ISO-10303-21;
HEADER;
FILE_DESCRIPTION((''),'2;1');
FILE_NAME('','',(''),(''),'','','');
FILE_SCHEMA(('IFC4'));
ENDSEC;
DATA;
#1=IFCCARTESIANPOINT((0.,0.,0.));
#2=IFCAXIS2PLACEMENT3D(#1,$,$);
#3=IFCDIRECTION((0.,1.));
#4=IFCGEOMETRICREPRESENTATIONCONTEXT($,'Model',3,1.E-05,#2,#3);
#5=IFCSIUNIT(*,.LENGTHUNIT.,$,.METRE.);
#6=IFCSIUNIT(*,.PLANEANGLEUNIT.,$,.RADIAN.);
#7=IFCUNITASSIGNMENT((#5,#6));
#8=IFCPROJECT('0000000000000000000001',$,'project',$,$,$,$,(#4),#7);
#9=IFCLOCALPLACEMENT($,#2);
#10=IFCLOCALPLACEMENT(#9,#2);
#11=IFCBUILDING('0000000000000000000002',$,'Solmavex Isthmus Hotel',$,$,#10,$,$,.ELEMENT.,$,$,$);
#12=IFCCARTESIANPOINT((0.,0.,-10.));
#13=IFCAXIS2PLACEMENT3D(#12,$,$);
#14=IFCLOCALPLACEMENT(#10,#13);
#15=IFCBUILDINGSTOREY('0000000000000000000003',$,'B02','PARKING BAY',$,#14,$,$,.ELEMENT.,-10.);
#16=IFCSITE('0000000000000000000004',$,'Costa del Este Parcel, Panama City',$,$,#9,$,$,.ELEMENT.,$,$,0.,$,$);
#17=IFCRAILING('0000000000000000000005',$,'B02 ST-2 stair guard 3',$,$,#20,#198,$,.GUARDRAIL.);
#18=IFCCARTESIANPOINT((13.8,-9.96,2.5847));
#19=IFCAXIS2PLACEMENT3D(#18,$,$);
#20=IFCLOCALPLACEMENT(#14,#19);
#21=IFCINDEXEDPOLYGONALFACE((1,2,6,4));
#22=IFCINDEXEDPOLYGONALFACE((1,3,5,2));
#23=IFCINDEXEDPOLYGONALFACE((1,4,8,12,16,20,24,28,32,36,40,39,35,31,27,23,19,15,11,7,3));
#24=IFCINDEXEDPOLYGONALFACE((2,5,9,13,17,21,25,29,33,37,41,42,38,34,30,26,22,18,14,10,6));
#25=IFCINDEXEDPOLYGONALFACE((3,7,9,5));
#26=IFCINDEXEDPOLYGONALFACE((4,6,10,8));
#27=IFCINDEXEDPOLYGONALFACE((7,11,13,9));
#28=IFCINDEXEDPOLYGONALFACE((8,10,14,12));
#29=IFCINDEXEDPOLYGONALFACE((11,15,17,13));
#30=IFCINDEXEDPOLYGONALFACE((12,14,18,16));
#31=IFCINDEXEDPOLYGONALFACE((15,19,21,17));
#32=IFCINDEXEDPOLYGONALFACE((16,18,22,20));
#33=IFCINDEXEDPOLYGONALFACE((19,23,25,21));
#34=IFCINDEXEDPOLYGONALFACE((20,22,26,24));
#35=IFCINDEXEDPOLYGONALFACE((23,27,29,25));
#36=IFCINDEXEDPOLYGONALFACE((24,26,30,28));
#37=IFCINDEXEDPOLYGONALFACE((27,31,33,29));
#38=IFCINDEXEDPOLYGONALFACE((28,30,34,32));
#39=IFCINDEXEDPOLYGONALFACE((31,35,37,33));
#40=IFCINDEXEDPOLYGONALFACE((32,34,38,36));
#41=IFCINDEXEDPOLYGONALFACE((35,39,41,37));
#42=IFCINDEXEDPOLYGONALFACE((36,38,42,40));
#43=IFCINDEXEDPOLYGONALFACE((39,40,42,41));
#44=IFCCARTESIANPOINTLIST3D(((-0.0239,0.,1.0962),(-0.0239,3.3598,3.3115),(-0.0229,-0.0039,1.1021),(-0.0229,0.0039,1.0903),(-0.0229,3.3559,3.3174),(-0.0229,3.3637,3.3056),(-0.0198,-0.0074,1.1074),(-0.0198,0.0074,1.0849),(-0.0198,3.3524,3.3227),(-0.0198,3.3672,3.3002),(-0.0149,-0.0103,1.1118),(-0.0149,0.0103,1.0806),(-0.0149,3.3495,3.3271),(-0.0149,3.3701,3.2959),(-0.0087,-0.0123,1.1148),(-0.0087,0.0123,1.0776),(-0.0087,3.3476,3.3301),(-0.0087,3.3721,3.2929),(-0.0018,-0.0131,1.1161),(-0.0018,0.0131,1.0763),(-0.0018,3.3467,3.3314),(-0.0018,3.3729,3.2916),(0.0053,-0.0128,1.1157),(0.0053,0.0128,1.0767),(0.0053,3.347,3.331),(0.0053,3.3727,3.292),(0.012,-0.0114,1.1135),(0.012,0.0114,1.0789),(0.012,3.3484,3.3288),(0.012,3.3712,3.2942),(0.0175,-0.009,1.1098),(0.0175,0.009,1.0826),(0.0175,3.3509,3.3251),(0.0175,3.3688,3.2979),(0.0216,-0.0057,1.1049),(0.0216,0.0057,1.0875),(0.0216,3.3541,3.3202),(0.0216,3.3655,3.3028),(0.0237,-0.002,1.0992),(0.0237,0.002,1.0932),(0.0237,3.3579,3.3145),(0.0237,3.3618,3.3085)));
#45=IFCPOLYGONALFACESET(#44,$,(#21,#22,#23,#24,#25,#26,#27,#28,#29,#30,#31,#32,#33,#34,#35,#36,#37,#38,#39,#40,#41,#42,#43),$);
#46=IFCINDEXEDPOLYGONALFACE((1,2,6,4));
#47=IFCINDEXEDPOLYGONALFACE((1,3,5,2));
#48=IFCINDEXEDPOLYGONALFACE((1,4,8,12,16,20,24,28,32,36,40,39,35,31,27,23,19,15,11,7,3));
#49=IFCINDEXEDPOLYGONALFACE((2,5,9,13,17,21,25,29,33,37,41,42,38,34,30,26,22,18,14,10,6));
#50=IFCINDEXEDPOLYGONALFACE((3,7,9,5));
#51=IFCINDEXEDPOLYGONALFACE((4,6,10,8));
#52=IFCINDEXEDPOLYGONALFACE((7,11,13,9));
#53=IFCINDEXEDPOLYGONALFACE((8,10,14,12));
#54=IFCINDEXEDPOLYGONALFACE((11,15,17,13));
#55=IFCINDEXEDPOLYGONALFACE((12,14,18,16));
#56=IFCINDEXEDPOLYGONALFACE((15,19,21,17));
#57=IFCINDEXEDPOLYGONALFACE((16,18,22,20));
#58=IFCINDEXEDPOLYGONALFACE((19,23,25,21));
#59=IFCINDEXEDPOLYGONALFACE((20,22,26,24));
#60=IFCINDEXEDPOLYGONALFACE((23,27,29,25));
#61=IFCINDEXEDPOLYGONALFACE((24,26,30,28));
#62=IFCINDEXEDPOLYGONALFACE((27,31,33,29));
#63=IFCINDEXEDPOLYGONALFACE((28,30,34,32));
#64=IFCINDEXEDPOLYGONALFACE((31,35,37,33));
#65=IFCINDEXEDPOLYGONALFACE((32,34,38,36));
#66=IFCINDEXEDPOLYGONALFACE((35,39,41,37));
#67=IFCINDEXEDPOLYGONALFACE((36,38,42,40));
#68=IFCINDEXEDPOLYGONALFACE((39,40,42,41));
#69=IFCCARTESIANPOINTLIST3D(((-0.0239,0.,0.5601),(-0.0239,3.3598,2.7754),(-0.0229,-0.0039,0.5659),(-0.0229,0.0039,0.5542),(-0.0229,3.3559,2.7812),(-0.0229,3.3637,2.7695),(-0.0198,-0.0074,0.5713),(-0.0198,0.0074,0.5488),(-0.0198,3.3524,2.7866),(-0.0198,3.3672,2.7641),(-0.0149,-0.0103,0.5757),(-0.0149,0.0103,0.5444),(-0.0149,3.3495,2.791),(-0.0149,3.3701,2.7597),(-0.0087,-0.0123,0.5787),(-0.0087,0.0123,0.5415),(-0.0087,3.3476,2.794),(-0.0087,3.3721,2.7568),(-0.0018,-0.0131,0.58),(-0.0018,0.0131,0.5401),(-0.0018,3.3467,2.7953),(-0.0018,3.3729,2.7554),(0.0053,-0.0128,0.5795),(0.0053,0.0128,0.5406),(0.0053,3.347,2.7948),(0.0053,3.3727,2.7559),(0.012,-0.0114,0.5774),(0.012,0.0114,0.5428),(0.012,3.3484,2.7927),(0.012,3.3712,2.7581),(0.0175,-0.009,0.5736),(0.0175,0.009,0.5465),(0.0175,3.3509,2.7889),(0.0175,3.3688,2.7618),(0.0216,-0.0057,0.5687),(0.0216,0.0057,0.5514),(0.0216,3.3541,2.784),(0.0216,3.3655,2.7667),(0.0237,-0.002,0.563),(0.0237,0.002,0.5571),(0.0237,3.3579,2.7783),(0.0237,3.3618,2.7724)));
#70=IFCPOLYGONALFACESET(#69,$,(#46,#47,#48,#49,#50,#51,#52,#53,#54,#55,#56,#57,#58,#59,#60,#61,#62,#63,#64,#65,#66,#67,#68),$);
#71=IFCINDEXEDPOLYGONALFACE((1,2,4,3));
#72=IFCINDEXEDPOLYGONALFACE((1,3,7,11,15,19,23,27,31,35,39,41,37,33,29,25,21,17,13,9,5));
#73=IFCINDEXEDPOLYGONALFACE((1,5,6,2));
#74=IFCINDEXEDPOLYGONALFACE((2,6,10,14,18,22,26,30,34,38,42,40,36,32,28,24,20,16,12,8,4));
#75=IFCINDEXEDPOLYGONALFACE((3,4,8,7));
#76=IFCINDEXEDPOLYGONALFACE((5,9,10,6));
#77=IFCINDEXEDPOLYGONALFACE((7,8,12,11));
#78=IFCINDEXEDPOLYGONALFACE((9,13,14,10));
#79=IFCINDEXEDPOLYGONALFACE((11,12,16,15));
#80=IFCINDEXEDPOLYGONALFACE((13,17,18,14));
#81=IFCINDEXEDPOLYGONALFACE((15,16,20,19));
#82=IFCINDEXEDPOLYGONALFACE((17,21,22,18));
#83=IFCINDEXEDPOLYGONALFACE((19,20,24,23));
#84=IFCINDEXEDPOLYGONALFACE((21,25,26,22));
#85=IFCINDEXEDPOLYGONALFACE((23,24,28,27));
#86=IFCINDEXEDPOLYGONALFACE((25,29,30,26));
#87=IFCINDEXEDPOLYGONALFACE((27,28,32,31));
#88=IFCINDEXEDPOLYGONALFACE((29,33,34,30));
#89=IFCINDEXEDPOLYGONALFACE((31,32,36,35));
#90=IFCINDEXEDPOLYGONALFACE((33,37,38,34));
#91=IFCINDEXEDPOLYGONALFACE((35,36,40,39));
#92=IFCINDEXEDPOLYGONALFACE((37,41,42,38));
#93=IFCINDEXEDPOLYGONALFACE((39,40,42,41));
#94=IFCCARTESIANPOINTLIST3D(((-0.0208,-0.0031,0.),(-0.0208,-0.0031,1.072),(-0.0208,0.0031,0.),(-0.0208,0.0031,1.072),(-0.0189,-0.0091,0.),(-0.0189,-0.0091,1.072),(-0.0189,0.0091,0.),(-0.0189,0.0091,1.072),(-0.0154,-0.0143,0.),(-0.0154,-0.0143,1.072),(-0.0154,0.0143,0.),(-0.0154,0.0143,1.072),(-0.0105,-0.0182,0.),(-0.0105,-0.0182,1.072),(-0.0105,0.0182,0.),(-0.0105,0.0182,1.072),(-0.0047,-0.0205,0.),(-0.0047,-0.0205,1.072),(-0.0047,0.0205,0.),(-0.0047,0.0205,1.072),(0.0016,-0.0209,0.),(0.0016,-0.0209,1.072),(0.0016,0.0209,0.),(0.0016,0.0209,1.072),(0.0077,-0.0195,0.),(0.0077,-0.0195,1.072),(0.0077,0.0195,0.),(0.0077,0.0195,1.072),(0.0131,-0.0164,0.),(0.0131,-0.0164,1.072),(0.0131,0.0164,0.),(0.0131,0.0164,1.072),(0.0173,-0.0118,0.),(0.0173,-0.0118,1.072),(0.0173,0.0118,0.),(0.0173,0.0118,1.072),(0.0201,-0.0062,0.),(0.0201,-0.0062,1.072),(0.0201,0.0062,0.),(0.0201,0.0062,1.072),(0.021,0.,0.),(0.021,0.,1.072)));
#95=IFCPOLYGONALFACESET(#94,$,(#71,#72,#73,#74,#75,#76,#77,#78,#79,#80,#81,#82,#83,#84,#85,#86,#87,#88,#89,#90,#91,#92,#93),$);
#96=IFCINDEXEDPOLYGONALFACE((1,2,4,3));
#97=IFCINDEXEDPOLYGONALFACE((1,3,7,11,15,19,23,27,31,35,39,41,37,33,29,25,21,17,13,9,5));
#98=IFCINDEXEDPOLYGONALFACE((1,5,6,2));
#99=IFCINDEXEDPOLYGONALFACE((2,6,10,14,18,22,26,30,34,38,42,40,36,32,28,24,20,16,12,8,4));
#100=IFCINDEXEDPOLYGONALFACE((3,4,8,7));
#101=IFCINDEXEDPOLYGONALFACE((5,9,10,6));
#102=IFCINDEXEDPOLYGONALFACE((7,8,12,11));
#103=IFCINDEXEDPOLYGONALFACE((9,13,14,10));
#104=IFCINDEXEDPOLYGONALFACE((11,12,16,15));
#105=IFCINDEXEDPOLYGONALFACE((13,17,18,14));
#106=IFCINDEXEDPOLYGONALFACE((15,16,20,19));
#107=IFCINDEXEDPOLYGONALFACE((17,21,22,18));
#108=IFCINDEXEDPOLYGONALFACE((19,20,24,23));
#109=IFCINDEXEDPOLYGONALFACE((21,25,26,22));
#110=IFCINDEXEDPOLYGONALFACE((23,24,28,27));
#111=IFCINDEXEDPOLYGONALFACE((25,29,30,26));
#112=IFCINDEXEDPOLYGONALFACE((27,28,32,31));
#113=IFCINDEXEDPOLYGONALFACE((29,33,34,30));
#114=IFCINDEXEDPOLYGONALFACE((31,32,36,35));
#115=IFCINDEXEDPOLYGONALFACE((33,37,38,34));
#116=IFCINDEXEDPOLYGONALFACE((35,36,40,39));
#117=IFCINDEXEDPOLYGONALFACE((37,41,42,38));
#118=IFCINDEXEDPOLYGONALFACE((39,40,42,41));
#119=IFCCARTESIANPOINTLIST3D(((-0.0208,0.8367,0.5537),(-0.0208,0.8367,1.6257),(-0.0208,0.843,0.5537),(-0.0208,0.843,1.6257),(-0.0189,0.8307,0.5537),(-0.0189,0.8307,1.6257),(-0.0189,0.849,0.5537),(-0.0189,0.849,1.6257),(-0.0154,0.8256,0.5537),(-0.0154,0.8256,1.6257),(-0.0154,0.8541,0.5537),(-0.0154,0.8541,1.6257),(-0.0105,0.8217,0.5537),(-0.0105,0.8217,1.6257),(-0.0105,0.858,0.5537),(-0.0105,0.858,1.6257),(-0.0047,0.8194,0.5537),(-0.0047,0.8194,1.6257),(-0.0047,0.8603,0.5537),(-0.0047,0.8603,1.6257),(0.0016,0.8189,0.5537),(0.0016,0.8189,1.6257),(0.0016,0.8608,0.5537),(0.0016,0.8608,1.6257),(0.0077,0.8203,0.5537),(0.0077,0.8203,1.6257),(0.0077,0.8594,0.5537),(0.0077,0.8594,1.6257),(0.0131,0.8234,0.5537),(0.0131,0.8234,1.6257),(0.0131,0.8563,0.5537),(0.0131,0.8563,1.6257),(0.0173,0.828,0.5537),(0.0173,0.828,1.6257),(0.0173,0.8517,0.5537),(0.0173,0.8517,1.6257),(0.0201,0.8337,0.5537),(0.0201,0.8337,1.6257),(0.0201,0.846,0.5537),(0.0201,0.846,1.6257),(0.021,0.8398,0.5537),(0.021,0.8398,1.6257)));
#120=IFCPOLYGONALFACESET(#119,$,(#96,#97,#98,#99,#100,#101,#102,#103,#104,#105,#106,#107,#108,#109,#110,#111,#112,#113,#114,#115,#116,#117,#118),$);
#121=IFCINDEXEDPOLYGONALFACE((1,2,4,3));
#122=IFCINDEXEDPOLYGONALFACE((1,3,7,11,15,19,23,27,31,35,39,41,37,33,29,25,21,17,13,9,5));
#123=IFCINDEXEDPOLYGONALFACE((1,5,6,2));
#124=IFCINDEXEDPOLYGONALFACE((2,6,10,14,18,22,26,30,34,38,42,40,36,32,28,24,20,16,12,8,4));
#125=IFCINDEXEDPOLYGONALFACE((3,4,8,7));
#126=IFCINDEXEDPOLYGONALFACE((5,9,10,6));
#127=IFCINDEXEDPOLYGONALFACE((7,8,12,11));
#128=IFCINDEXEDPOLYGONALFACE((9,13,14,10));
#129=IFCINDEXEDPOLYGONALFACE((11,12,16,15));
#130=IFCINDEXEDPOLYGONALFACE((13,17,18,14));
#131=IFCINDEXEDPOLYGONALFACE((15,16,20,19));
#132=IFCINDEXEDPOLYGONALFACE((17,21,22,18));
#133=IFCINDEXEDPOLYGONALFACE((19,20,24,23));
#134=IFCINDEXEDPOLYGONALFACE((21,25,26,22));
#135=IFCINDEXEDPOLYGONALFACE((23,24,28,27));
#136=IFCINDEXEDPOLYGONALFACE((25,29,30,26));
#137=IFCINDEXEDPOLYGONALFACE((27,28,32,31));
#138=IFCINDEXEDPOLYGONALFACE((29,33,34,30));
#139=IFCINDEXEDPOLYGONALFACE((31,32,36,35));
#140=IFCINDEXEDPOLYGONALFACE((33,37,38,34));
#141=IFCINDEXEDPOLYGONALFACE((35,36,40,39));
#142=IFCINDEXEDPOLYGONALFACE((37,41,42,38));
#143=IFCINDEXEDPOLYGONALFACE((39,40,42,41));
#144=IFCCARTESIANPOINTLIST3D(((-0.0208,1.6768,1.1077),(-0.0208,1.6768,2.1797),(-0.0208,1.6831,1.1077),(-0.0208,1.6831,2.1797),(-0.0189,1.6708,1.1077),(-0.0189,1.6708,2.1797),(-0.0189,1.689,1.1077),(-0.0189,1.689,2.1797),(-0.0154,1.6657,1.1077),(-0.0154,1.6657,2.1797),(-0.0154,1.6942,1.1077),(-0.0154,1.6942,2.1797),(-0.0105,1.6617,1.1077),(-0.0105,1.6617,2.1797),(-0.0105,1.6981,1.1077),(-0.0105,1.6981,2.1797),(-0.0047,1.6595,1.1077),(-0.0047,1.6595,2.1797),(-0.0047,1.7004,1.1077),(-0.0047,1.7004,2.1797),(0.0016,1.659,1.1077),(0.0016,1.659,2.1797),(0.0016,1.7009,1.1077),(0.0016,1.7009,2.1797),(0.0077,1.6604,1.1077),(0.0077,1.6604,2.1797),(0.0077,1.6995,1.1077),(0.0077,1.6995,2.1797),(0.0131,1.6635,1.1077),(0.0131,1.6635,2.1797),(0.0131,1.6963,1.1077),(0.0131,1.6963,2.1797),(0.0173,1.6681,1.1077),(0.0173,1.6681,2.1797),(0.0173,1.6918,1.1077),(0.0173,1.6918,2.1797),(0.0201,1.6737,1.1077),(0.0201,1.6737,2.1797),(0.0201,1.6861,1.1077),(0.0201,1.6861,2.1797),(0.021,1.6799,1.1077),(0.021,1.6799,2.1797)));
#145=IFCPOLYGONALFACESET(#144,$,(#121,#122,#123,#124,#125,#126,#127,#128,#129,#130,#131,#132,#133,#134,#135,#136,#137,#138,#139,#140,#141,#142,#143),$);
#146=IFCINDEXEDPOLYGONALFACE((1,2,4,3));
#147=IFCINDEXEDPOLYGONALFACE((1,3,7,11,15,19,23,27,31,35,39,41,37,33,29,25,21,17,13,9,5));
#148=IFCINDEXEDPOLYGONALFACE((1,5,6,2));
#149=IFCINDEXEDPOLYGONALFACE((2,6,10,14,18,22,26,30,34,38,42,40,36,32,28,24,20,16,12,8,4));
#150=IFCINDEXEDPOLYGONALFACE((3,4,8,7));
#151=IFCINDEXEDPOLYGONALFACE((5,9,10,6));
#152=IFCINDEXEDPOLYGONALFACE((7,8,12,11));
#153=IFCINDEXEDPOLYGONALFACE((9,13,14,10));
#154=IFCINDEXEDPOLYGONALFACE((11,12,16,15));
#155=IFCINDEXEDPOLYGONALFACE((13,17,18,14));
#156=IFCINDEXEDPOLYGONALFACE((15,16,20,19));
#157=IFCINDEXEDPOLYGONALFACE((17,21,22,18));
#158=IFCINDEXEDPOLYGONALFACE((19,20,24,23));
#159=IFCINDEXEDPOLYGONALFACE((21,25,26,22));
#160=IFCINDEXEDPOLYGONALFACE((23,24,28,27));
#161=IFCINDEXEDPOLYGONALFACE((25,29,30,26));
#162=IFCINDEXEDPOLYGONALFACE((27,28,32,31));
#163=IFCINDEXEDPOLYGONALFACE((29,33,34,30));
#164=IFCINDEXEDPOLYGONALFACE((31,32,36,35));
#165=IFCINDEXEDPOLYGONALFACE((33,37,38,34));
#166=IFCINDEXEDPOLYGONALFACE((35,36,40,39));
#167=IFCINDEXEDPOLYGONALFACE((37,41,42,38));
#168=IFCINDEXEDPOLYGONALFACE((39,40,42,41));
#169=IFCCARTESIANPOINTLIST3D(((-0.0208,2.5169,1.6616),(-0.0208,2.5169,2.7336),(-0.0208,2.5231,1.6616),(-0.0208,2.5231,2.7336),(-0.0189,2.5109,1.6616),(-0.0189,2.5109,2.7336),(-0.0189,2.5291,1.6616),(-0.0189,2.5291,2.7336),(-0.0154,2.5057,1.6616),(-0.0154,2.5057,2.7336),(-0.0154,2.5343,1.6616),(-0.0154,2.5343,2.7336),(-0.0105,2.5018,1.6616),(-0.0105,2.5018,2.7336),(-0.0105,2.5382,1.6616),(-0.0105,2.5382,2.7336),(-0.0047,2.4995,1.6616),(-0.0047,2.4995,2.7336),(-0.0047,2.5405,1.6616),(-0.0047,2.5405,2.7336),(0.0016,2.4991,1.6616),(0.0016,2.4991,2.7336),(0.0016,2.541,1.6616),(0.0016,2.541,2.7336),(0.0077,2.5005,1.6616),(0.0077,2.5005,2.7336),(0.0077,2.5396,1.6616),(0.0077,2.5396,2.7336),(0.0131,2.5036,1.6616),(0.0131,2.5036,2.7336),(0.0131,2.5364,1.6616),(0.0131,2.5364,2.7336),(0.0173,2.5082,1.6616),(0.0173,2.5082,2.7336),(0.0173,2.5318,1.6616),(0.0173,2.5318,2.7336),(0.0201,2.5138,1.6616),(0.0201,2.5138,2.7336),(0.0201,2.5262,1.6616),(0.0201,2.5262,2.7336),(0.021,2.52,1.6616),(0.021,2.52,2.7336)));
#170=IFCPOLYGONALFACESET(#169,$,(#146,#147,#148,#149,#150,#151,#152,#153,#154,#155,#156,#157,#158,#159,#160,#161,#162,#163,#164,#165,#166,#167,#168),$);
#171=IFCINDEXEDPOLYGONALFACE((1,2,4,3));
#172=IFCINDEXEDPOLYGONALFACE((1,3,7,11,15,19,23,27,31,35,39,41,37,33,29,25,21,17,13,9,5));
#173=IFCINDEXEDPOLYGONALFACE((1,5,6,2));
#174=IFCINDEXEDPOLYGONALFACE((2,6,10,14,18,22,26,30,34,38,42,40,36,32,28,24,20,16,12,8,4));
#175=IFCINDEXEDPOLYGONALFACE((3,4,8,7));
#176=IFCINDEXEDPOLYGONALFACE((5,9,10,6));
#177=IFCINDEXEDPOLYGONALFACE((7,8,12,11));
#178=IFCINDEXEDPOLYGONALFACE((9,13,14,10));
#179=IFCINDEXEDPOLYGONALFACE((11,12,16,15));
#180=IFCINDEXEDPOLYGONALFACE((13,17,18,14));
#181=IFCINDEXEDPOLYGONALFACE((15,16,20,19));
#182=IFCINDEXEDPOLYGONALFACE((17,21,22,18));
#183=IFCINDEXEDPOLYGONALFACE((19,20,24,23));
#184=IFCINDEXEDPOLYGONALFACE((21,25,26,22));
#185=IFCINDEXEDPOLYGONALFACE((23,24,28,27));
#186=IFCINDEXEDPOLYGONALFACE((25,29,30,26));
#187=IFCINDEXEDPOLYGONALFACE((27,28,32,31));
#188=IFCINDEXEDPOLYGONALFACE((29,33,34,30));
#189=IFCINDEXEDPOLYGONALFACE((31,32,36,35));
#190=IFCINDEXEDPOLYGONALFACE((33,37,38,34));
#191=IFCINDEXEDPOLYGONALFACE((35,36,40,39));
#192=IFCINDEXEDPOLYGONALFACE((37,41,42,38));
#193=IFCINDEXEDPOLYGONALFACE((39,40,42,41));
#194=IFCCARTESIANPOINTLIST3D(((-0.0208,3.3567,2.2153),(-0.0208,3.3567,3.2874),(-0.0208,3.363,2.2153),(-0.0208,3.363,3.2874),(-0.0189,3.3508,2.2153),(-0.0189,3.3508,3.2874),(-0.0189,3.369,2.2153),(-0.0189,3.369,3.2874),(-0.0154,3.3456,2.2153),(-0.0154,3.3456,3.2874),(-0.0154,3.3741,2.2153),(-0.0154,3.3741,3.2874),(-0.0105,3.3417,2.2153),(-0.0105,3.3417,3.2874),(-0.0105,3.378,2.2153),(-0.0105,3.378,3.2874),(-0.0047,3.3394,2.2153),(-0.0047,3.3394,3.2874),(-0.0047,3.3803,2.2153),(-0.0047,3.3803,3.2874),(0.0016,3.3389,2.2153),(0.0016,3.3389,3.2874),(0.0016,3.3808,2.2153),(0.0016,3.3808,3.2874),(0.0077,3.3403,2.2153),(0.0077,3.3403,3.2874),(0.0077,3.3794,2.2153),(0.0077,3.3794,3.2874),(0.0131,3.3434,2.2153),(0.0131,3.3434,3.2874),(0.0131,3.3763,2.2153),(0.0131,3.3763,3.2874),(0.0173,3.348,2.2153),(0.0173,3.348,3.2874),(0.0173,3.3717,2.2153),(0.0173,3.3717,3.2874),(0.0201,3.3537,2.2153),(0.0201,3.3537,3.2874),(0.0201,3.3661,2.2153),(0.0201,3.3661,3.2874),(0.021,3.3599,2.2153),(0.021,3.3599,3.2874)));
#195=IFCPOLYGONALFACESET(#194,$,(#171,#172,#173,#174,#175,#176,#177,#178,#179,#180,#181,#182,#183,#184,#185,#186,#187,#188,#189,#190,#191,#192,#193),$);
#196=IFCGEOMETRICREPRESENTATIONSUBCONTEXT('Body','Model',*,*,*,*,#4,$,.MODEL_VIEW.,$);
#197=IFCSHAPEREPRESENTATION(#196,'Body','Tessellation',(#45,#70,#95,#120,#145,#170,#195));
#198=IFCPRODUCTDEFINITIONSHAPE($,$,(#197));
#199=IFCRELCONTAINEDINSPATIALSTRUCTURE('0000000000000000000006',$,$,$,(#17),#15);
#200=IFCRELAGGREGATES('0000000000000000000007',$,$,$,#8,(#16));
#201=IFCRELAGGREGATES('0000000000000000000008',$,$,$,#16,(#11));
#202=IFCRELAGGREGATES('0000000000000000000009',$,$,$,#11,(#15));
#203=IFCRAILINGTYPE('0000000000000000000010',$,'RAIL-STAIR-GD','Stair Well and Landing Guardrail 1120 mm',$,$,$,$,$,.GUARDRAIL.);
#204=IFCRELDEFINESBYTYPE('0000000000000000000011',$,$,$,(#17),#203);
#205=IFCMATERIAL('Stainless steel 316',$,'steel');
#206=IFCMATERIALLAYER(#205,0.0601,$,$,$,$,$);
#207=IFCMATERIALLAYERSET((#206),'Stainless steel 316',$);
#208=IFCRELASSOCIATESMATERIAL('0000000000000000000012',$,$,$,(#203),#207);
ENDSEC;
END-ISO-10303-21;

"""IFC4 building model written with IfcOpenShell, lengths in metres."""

from ifc_helpers import new_model, si_unit, direction, frame, origin, origin_2d, place, context, subcontext, project, spatial, circle, extrude, material, layer, layer_set, type_object, element, save


model = new_model("IFC4")

# Units and contexts
model_context = context("Model", 3, precision=1e-05, world=origin(), true_north=direction((0.0, 1.0)))
body_context = subcontext(model_context, "Body", "Model", "MODEL_VIEW")
ifc_project = project(units=[si_unit("LENGTHUNIT", "METRE"), si_unit("PLANEANGLEUNIT", "RADIAN")], contexts=[model_context])

# Site, building, storey
site_placement = place(None, origin())
site = spatial("IfcSite", under=ifc_project, at=site_placement, Name="Costa del Este Parcel, Panama City", CompositionType="ELEMENT", RefElevation=0.0)
building_placement = place(site_placement, origin())
building = spatial("IfcBuilding", under=site, at=building_placement, Name="Solmavex Isthmus Hotel", CompositionType="ELEMENT")
storey_placement = place(building_placement, frame((0.0, 0.0, -10.0)))
storey = spatial("IfcBuildingStorey", under=building, at=storey_placement, Name="B02", Description="PARKING BAY", CompositionType="ELEMENT", Elevation=-10.0)

# Railing
ifc_material_1 = material(Name="Stainless steel 316", Category="steel")
ifc_layer_1 = layer(ifc_material_1, 0.0601)
ifc_layer_set_1 = layer_set([ifc_layer_1], Name="Stainless steel 316")
railing_type_1 = type_object("IfcRailingType", Name="RAIL-STAIR-GD", Description="Stair Well and Landing Guardrail 1120 mm", PredefinedType="GUARDRAIL", material=ifc_layer_set_1)
railing_1_placement = place(storey_placement, frame((13.8, -9.96, 2.5847)))
element("IfcRailing", 1, at=railing_1_placement, inside=storey, type_object=railing_type_1, Name="B02 ST-2 stair guard 3", PredefinedType="GUARDRAIL", context=body_context, shape_type="SweptSolid", body=[
    extrude(circle(Radius=0.0239, at=origin_2d()), frame((0.0, 0.0, 1.0962), z_axis=(0.0, 0.834858, 0.550465), x_axis=(-1.0, 0.0, 0.0)), (0.0, 0.0, 1.0), 4.0244),
    extrude(circle(Radius=0.0239, at=origin_2d()), frame((0.0, 0.0, 0.5601), z_axis=(0.0, 0.834858, 0.550465), x_axis=(-1.0, 0.0, 0.0)), (0.0, 0.0, 1.0), 4.0244),
    extrude(circle(Radius=0.021, at=origin_2d()), origin(), (0.0, 0.0, 1.0), 1.072),
    extrude(circle(Radius=0.021, at=origin_2d()), frame((0.0, 0.8398, 0.5537)), (0.0, 0.0, 1.0), 1.072),
    extrude(circle(Radius=0.021, at=origin_2d()), frame((0.0, 1.6799, 1.1077)), (0.0, 0.0, 1.0), 1.072),
    extrude(circle(Radius=0.021, at=origin_2d()), frame((0.0, 2.52, 1.6616)), (0.0, 0.0, 1.0), 1.072),
    extrude(circle(Radius=0.021, at=origin_2d()), frame((0.0, 3.3599, 2.2153)), (0.0, 0.0, 1.0), 1.072),
])

save(model, "model.ifc")
